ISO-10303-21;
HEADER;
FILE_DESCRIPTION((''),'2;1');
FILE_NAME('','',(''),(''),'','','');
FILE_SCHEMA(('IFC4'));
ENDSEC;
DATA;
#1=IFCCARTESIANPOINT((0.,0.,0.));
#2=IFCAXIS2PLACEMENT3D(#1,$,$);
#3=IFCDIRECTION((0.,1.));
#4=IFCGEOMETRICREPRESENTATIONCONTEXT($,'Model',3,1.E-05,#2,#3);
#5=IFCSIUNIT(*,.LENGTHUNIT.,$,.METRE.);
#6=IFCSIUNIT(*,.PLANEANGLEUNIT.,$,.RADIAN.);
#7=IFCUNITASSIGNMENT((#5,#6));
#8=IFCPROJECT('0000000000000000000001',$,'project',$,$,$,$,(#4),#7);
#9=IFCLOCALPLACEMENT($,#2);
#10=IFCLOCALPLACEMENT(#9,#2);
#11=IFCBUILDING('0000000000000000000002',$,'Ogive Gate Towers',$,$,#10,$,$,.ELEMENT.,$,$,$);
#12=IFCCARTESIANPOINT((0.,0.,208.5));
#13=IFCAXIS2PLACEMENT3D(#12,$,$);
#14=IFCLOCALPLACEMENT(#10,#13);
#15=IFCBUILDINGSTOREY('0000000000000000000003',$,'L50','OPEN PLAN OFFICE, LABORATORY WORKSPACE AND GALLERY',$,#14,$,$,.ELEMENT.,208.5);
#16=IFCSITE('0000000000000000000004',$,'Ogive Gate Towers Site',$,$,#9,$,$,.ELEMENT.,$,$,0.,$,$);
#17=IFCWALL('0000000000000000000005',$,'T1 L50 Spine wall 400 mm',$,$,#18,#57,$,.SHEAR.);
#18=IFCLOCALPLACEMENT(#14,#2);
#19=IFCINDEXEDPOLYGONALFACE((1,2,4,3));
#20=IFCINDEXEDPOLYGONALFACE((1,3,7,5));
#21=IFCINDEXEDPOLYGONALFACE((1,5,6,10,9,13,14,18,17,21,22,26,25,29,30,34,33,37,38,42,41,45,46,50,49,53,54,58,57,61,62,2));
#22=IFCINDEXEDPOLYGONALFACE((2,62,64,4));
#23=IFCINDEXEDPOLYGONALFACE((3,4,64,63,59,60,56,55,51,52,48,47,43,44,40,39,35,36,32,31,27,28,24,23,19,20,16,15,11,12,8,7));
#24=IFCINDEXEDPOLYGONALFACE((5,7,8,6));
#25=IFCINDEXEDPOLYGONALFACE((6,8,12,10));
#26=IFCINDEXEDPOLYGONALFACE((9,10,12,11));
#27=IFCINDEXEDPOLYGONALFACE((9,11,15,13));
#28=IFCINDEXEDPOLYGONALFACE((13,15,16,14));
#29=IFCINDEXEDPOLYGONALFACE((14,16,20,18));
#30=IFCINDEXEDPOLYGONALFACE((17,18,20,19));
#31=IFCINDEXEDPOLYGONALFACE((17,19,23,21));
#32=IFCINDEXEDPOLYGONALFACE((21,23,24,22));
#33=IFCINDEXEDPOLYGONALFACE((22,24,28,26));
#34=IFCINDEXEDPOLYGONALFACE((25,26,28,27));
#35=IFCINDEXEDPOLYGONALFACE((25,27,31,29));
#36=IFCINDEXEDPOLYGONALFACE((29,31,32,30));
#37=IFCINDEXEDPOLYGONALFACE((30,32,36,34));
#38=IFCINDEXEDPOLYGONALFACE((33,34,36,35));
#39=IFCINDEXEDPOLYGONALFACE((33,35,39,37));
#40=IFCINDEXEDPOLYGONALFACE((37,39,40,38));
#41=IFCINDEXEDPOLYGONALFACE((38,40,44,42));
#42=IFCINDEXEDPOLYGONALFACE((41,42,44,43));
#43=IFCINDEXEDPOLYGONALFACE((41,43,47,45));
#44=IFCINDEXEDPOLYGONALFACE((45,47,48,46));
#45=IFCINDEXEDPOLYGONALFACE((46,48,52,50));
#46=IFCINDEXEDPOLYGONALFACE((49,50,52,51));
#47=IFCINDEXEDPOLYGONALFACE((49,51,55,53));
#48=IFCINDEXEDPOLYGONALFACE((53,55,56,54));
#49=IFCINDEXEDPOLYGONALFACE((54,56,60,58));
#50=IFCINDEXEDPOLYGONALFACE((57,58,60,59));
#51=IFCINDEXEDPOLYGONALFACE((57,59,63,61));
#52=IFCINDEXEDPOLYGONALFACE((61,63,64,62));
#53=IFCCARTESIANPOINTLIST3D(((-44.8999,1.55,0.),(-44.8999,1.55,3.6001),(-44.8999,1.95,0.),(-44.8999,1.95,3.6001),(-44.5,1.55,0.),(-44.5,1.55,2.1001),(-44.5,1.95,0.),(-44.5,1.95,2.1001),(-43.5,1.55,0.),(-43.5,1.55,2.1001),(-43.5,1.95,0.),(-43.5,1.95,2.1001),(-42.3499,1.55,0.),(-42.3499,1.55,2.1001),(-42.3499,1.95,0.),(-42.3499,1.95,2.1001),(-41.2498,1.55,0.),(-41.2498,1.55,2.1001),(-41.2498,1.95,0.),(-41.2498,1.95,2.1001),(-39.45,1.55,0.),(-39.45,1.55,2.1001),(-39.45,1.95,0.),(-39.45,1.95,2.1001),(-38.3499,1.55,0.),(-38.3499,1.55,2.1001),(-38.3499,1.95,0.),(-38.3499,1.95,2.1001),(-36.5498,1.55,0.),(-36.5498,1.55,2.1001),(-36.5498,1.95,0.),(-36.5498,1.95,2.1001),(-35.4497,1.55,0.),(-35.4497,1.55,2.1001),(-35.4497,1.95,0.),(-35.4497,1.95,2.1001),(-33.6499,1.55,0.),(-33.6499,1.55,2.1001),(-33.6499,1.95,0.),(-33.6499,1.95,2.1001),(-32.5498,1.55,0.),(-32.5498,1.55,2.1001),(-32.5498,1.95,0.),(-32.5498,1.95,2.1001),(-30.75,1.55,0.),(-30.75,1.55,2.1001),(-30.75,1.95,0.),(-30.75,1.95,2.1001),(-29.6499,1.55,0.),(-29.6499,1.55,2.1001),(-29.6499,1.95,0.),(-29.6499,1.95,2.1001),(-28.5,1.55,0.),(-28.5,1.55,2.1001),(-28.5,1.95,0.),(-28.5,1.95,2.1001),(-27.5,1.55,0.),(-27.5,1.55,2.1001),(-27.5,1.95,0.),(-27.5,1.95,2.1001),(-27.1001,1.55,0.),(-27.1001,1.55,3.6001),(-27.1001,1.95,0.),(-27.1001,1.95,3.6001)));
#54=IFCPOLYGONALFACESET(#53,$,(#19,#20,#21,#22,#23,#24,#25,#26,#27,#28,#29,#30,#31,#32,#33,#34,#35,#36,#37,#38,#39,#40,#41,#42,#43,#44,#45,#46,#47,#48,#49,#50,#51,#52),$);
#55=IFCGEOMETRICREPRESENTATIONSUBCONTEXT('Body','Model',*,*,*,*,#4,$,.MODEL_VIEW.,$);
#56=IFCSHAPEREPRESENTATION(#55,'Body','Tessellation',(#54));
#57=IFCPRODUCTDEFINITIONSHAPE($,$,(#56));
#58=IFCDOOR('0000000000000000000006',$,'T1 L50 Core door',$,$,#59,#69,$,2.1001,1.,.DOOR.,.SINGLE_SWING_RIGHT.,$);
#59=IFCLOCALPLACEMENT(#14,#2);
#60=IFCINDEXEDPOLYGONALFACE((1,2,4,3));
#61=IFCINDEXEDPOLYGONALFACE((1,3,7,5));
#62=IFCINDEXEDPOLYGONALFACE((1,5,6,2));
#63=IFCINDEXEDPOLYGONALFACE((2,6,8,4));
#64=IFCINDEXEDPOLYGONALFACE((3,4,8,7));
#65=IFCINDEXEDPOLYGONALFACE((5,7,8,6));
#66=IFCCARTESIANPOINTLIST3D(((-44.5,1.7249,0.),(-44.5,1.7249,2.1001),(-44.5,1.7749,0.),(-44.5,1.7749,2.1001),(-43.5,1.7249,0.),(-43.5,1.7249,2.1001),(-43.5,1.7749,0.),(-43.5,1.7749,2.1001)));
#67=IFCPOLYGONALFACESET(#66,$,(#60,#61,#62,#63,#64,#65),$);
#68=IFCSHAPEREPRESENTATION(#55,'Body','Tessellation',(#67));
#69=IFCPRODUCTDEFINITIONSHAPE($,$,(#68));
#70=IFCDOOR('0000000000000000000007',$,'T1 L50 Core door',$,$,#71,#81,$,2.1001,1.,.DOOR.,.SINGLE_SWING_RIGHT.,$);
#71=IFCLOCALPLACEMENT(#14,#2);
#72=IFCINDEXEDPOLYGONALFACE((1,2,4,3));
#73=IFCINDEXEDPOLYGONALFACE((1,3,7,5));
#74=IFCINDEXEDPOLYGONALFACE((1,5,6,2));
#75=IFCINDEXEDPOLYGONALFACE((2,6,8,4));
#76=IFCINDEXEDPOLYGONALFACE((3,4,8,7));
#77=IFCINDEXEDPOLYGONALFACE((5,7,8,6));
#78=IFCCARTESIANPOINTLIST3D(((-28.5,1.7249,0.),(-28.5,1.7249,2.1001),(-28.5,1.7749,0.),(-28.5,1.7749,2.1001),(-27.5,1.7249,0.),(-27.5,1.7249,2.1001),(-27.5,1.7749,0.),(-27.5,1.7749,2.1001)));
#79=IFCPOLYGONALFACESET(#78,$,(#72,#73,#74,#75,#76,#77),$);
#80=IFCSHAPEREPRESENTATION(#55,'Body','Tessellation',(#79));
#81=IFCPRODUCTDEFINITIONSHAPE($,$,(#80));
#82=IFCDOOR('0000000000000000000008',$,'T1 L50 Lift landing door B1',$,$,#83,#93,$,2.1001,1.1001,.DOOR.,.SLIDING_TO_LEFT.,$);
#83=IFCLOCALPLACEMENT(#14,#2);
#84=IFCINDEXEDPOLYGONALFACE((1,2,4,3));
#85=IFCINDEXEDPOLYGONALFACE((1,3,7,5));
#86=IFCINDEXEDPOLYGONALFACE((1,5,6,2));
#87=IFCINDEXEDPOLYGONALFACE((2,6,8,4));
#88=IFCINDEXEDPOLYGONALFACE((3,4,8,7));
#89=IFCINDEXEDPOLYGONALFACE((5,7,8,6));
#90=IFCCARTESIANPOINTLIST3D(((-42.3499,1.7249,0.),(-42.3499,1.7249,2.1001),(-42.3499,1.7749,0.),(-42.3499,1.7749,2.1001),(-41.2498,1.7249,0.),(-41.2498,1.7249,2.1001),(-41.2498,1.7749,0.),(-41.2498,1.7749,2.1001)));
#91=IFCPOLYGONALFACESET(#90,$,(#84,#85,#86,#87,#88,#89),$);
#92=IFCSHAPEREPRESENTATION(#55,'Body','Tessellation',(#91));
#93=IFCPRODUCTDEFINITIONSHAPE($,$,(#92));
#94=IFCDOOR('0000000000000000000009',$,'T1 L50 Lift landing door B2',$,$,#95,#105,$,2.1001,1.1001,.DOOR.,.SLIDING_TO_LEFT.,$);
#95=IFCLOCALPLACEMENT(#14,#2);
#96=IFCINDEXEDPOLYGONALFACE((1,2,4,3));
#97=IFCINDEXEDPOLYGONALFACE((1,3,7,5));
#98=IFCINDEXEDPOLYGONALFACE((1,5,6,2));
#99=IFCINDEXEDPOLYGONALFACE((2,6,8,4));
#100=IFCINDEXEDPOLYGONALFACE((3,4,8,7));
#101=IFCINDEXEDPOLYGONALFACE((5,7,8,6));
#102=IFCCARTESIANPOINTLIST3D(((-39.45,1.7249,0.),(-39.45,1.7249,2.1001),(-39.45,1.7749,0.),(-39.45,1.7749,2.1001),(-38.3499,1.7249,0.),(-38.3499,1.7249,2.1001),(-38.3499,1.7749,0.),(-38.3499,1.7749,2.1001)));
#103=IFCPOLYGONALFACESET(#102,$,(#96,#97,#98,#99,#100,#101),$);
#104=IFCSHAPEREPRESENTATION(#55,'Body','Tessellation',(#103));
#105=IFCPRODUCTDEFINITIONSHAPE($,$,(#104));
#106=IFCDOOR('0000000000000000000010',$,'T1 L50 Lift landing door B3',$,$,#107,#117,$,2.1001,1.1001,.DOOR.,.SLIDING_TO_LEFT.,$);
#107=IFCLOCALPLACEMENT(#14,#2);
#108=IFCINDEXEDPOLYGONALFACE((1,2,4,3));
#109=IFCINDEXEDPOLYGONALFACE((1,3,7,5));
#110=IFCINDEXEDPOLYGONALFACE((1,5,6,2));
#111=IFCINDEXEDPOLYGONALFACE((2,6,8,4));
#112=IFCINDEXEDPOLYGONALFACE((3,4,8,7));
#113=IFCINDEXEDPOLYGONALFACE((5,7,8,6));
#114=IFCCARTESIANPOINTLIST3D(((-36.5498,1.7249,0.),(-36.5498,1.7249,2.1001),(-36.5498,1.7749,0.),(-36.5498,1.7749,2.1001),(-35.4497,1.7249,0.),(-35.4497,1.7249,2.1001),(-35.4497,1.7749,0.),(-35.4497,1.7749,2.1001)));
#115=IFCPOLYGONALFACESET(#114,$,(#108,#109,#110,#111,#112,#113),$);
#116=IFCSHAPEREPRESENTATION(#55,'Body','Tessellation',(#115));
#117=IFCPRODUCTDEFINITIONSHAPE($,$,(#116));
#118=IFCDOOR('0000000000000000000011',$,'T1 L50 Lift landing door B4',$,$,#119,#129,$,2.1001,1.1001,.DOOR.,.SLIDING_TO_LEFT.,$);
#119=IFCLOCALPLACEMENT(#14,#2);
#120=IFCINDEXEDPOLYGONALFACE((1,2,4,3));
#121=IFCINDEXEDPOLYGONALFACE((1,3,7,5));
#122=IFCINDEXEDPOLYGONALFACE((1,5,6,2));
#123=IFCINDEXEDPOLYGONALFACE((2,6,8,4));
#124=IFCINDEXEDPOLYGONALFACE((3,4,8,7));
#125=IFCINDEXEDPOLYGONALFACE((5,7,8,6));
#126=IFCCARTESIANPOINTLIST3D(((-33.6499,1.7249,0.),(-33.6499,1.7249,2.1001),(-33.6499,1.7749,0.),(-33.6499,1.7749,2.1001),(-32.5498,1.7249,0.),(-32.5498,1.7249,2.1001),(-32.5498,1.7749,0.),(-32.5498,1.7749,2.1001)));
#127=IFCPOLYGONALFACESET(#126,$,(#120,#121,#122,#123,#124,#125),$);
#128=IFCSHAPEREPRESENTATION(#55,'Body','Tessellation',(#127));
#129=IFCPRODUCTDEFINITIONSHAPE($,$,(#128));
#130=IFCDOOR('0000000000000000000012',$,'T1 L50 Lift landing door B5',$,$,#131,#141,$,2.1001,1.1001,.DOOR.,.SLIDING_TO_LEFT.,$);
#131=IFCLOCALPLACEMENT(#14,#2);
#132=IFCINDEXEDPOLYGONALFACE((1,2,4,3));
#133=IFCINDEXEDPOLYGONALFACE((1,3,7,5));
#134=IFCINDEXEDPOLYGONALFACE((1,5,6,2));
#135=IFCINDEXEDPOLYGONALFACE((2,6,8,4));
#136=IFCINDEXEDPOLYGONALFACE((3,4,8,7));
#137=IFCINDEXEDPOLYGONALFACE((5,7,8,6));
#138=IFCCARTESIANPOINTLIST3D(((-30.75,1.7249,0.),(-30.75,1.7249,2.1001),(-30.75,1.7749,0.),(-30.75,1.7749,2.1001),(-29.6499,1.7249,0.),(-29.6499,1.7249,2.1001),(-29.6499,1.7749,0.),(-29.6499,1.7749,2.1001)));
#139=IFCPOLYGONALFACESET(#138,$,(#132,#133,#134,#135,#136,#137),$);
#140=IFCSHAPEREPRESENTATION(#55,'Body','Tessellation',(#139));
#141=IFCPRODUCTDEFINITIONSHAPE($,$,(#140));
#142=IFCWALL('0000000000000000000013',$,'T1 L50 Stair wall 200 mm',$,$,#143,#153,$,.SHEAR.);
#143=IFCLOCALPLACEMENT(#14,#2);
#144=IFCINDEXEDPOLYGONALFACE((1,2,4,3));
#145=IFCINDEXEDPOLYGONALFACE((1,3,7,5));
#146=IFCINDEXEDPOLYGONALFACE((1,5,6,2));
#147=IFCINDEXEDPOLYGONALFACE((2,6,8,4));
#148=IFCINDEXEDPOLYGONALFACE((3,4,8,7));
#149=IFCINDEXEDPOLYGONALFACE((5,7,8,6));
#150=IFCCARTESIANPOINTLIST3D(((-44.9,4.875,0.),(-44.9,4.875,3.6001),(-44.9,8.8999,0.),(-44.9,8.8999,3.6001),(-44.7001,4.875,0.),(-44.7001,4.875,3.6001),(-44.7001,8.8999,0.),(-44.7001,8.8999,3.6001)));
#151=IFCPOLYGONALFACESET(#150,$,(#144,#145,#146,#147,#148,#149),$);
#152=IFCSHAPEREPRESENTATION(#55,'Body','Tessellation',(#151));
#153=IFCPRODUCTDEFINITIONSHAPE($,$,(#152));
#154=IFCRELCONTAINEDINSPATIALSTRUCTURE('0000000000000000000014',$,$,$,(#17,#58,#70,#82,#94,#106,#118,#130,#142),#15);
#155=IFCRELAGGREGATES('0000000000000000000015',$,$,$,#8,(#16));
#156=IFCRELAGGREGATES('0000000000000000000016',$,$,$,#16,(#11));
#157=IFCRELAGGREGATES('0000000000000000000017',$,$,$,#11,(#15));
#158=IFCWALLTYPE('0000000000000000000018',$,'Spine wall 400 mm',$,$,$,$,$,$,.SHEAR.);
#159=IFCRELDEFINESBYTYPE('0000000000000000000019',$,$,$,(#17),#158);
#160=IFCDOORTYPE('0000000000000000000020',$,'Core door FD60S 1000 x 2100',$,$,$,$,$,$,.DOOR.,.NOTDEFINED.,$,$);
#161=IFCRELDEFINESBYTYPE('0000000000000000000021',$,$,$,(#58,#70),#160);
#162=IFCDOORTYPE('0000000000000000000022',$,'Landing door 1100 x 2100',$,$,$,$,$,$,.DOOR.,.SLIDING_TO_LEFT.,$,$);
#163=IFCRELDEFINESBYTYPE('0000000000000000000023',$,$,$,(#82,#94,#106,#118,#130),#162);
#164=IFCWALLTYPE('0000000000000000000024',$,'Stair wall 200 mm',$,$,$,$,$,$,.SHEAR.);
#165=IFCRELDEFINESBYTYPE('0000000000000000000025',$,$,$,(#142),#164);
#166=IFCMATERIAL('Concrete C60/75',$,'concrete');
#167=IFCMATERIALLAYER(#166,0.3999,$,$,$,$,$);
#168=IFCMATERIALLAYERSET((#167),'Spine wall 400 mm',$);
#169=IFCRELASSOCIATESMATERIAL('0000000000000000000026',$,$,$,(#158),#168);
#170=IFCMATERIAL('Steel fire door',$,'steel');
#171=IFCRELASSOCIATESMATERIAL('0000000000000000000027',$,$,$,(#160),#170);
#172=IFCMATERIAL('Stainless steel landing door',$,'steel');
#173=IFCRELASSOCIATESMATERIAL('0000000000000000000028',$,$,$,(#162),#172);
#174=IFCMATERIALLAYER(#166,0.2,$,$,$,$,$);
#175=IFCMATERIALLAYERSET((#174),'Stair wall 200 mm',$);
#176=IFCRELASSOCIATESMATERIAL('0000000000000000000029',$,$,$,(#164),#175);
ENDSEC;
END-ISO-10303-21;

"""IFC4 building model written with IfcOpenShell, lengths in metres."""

from ifc_helpers import new_model, si_unit, direction, frame, frame_2d, origin, place, context, subcontext, project, spatial, rectangle, extrude, material, layer, layer_set, type_object, element, fill, save


model = new_model("IFC4")

# Units and contexts
model_context = context("Model", 3, precision=1e-05, world=origin(), true_north=direction((0.0, 1.0)))
body_context = subcontext(model_context, "Body", "Model", "MODEL_VIEW")
ifc_project = project(units=[si_unit("LENGTHUNIT", "METRE"), si_unit("PLANEANGLEUNIT", "RADIAN")], contexts=[model_context])

# Site, building, storey
site_placement = place(None, origin())
site = spatial("IfcSite", under=ifc_project, at=site_placement, Name="Ogive Gate Towers Site", CompositionType="ELEMENT", RefElevation=0.0)
building_placement = place(site_placement, origin())
building = spatial("IfcBuilding", under=site, at=building_placement, Name="Ogive Gate Towers", CompositionType="ELEMENT")
storey_placement = place(building_placement, frame((0.0, 0.0, 208.5)))
storey = spatial("IfcBuildingStorey", under=building, at=storey_placement, Name="L50", Description="OPEN PLAN OFFICE, LABORATORY WORKSPACE AND GALLERY", CompositionType="ELEMENT", Elevation=208.5)

# Shared definitions
ifc_material_1 = material(Name="Concrete C60/75", Category="concrete")

# Shared definitions
ifc_material_2 = material(Name="Steel fire door", Category="steel")

# Wall, openings, doors
ifc_layer_1 = layer(ifc_material_1, 0.3999)
ifc_layer_set_1 = layer_set([ifc_layer_1], Name="Spine wall 400 mm")
wall_type_1 = type_object("IfcWallType", Name="Spine wall 400 mm", PredefinedType="SHEAR", material=ifc_layer_set_1)
wall_1_placement = place(storey_placement, frame((-44.8999, 1.75, 0.0), z_axis=(0.0, 0.0, 1.0), x_axis=(1.0, 0.0, 0.0)))
wall_1 = element("IfcWall", 1, at=wall_1_placement, inside=storey, type_object=wall_type_1, Name="T1 L50 Spine wall 400 mm", PredefinedType="SHEAR", context=body_context, shape_type="SweptSolid", body=[
    extrude(rectangle(XDim=17.7998, YDim=0.3999, at=frame_2d((8.8999, 0.0))), origin(), (0.0, 0.0, 1.0), 3.6001),
])
opening_1_placement = place(wall_1_placement, frame((0.3999, 0.0, 0.0)))
opening_1 = element("IfcOpeningElement", 2, at=opening_1_placement, cuts=wall_1, PredefinedType="OPENING", context=body_context, shape_type="SweptSolid", body=[
    extrude(rectangle(XDim=1.0, YDim=2.1001, at=frame_2d((0.5, 1.05))), frame((0.0, 0.21, 0.0), z_axis=(0.0, -1.0, 0.0), x_axis=(1.0, 0.0, 0.0)), (0.0, 0.0, 1.0), 0.4199),
])
opening_2_placement = place(wall_1_placement, frame((2.55, 0.0, 0.0)))
opening_2 = element("IfcOpeningElement", 3, at=opening_2_placement, cuts=wall_1, PredefinedType="OPENING", context=body_context, shape_type="SweptSolid", body=[
    extrude(rectangle(XDim=1.1001, YDim=2.1001, at=frame_2d((0.55, 1.05))), frame((0.0, 0.21, 0.0), z_axis=(0.0, -1.0, 0.0), x_axis=(1.0, 0.0, 0.0)), (0.0, 0.0, 1.0), 0.4199),
])
opening_3_placement = place(wall_1_placement, frame((5.45, 0.0, 0.0)))
opening_3 = element("IfcOpeningElement", 4, at=opening_3_placement, cuts=wall_1, PredefinedType="OPENING", context=body_context, shape_type="SweptSolid", body=[
    extrude(rectangle(XDim=1.1001, YDim=2.1001, at=frame_2d((0.55, 1.05))), frame((0.0, 0.21, 0.0), z_axis=(0.0, -1.0, 0.0), x_axis=(1.0, 0.0, 0.0)), (0.0, 0.0, 1.0), 0.4199),
])
opening_4_placement = place(wall_1_placement, frame((8.3501, 0.0, 0.0)))
opening_4 = element("IfcOpeningElement", 5, at=opening_4_placement, cuts=wall_1, PredefinedType="OPENING", context=body_context, shape_type="SweptSolid", body=[
    extrude(rectangle(XDim=1.1001, YDim=2.1001, at=frame_2d((0.55, 1.05))), frame((0.0, 0.21, 0.0), z_axis=(0.0, -1.0, 0.0), x_axis=(1.0, 0.0, 0.0)), (0.0, 0.0, 1.0), 0.4199),
])
opening_5_placement = place(wall_1_placement, frame((11.25, 0.0, 0.0)))
opening_5 = element("IfcOpeningElement", 6, at=opening_5_placement, cuts=wall_1, PredefinedType="OPENING", context=body_context, shape_type="SweptSolid", body=[
    extrude(rectangle(XDim=1.1001, YDim=2.1001, at=frame_2d((0.55, 1.05))), frame((0.0, 0.21, 0.0), z_axis=(0.0, -1.0, 0.0), x_axis=(1.0, 0.0, 0.0)), (0.0, 0.0, 1.0), 0.4199),
])
opening_6_placement = place(wall_1_placement, frame((14.1499, 0.0, 0.0)))
opening_6 = element("IfcOpeningElement", 7, at=opening_6_placement, cuts=wall_1, PredefinedType="OPENING", context=body_context, shape_type="SweptSolid", body=[
    extrude(rectangle(XDim=1.1001, YDim=2.1001, at=frame_2d((0.55, 1.05))), frame((0.0, 0.21, 0.0), z_axis=(0.0, -1.0, 0.0), x_axis=(1.0, 0.0, 0.0)), (0.0, 0.0, 1.0), 0.4199),
])
opening_7_placement = place(wall_1_placement, frame((16.3999, 0.0, 0.0)))
opening_7 = element("IfcOpeningElement", 8, at=opening_7_placement, cuts=wall_1, PredefinedType="OPENING", context=body_context, shape_type="SweptSolid", body=[
    extrude(rectangle(XDim=1.0, YDim=2.1001, at=frame_2d((0.5, 1.05))), frame((0.0, 0.21, 0.0), z_axis=(0.0, -1.0, 0.0), x_axis=(1.0, 0.0, 0.0)), (0.0, 0.0, 1.0), 0.4199),
])
door_type_1 = type_object("IfcDoorType", Name="Core door FD60S 1000 x 2100", OperationType="NOTDEFINED", PredefinedType="DOOR", material=ifc_material_2)
door_1_placement = place(opening_1_placement, origin())
door_1 = element("IfcDoor", 9, at=door_1_placement, inside=storey, type_object=door_type_1, Name="T1 L50 Core door", OperationType="SINGLE_SWING_RIGHT", OverallHeight=2.1001, OverallWidth=1.0, PredefinedType="DOOR", context=body_context, shape_type="SweptSolid", body=[
    extrude(rectangle(XDim=1.0, YDim=2.1001, at=frame_2d((0.5, 1.05))), frame((0.0, 0.0249, 0.0), z_axis=(0.0, -1.0, 0.0), x_axis=(1.0, 0.0, 0.0)), (0.0, 0.0, 1.0), 0.05),
])
fill(opening_1, door_1)
door_2_placement = place(opening_7_placement, origin())
door_2 = element("IfcDoor", 10, at=door_2_placement, inside=storey, type_object=door_type_1, Name="T1 L50 Core door", OperationType="SINGLE_SWING_RIGHT", OverallHeight=2.1001, OverallWidth=1.0, PredefinedType="DOOR", context=body_context, shape_type="SweptSolid", body=[
    extrude(rectangle(XDim=1.0, YDim=2.1001, at=frame_2d((0.5, 1.05))), frame((0.0, 0.0249, 0.0), z_axis=(0.0, -1.0, 0.0), x_axis=(1.0, 0.0, 0.0)), (0.0, 0.0, 1.0), 0.05),
])
fill(opening_7, door_2)
ifc_material_3 = material(Name="Stainless steel landing door", Category="steel")
door_type_2 = type_object("IfcDoorType", Name="Landing door 1100 x 2100", OperationType="SLIDING_TO_LEFT", PredefinedType="DOOR", material=ifc_material_3)
door_3_placement = place(opening_2_placement, origin())
door_3 = element("IfcDoor", 11, at=door_3_placement, inside=storey, type_object=door_type_2, Name="T1 L50 Lift landing door B1", OperationType="SLIDING_TO_LEFT", OverallHeight=2.1001, OverallWidth=1.1001, PredefinedType="DOOR", context=body_context, shape_type="SweptSolid", body=[
    extrude(rectangle(XDim=1.1001, YDim=2.1001, at=frame_2d((0.55, 1.05))), frame((0.0, 0.0249, 0.0), z_axis=(0.0, -1.0, 0.0), x_axis=(1.0, 0.0, 0.0)), (0.0, 0.0, 1.0), 0.05),
])
fill(opening_2, door_3)
door_4_placement = place(opening_3_placement, origin())
door_4 = element("IfcDoor", 12, at=door_4_placement, inside=storey, type_object=door_type_2, Name="T1 L50 Lift landing door B2", OperationType="SLIDING_TO_LEFT", OverallHeight=2.1001, OverallWidth=1.1001, PredefinedType="DOOR", context=body_context, shape_type="SweptSolid", body=[
    extrude(rectangle(XDim=1.1001, YDim=2.1001, at=frame_2d((0.55, 1.05))), frame((0.0, 0.0249, 0.0), z_axis=(0.0, -1.0, 0.0), x_axis=(1.0, 0.0, 0.0)), (0.0, 0.0, 1.0), 0.05),
])
fill(opening_3, door_4)
door_5_placement = place(opening_4_placement, origin())
door_5 = element("IfcDoor", 13, at=door_5_placement, inside=storey, type_object=door_type_2, Name="T1 L50 Lift landing door B3", OperationType="SLIDING_TO_LEFT", OverallHeight=2.1001, OverallWidth=1.1001, PredefinedType="DOOR", context=body_context, shape_type="SweptSolid", body=[
    extrude(rectangle(XDim=1.1001, YDim=2.1001, at=frame_2d((0.55, 1.05))), frame((0.0, 0.0249, 0.0), z_axis=(0.0, -1.0, 0.0), x_axis=(1.0, 0.0, 0.0)), (0.0, 0.0, 1.0), 0.05),
])
fill(opening_4, door_5)
door_6_placement = place(opening_5_placement, origin())
door_6 = element("IfcDoor", 14, at=door_6_placement, inside=storey, type_object=door_type_2, Name="T1 L50 Lift landing door B4", OperationType="SLIDING_TO_LEFT", OverallHeight=2.1001, OverallWidth=1.1001, PredefinedType="DOOR", context=body_context, shape_type="SweptSolid", body=[
    extrude(rectangle(XDim=1.1001, YDim=2.1001, at=frame_2d((0.55, 1.05))), frame((0.0, 0.0249, 0.0), z_axis=(0.0, -1.0, 0.0), x_axis=(1.0, 0.0, 0.0)), (0.0, 0.0, 1.0), 0.05),
])
fill(opening_5, door_6)
door_7_placement = place(opening_6_placement, origin())
door_7 = element("IfcDoor", 15, at=door_7_placement, inside=storey, type_object=door_type_2, Name="T1 L50 Lift landing door B5", OperationType="SLIDING_TO_LEFT", OverallHeight=2.1001, OverallWidth=1.1001, PredefinedType="DOOR", context=body_context, shape_type="SweptSolid", body=[
    extrude(rectangle(XDim=1.1001, YDim=2.1001, at=frame_2d((0.55, 1.05))), frame((0.0, 0.0249, 0.0), z_axis=(0.0, -1.0, 0.0), x_axis=(1.0, 0.0, 0.0)), (0.0, 0.0, 1.0), 0.05),
])
fill(opening_6, door_7)

# Wall
ifc_layer_2 = layer(ifc_material_1, 0.2)
ifc_layer_set_2 = layer_set([ifc_layer_2], Name="Stair wall 200 mm")
wall_type_2 = type_object("IfcWallType", Name="Stair wall 200 mm", PredefinedType="SHEAR", material=ifc_layer_set_2)
wall_2_placement = place(storey_placement, frame((-44.8, 4.875, 0.0), z_axis=(0.0, 0.0, 1.0), x_axis=(0.0, 1.0, 0.0)))
element("IfcWall", 16, at=wall_2_placement, inside=storey, type_object=wall_type_2, Name="T1 L50 Stair wall 200 mm", PredefinedType="SHEAR", context=body_context, shape_type="SweptSolid", body=[
    extrude(rectangle(XDim=4.0249, YDim=0.2, at=frame_2d((2.0125, 0.0))), origin(), (0.0, 0.0, 1.0), 3.6001),
])

save(model, "model.ifc")
